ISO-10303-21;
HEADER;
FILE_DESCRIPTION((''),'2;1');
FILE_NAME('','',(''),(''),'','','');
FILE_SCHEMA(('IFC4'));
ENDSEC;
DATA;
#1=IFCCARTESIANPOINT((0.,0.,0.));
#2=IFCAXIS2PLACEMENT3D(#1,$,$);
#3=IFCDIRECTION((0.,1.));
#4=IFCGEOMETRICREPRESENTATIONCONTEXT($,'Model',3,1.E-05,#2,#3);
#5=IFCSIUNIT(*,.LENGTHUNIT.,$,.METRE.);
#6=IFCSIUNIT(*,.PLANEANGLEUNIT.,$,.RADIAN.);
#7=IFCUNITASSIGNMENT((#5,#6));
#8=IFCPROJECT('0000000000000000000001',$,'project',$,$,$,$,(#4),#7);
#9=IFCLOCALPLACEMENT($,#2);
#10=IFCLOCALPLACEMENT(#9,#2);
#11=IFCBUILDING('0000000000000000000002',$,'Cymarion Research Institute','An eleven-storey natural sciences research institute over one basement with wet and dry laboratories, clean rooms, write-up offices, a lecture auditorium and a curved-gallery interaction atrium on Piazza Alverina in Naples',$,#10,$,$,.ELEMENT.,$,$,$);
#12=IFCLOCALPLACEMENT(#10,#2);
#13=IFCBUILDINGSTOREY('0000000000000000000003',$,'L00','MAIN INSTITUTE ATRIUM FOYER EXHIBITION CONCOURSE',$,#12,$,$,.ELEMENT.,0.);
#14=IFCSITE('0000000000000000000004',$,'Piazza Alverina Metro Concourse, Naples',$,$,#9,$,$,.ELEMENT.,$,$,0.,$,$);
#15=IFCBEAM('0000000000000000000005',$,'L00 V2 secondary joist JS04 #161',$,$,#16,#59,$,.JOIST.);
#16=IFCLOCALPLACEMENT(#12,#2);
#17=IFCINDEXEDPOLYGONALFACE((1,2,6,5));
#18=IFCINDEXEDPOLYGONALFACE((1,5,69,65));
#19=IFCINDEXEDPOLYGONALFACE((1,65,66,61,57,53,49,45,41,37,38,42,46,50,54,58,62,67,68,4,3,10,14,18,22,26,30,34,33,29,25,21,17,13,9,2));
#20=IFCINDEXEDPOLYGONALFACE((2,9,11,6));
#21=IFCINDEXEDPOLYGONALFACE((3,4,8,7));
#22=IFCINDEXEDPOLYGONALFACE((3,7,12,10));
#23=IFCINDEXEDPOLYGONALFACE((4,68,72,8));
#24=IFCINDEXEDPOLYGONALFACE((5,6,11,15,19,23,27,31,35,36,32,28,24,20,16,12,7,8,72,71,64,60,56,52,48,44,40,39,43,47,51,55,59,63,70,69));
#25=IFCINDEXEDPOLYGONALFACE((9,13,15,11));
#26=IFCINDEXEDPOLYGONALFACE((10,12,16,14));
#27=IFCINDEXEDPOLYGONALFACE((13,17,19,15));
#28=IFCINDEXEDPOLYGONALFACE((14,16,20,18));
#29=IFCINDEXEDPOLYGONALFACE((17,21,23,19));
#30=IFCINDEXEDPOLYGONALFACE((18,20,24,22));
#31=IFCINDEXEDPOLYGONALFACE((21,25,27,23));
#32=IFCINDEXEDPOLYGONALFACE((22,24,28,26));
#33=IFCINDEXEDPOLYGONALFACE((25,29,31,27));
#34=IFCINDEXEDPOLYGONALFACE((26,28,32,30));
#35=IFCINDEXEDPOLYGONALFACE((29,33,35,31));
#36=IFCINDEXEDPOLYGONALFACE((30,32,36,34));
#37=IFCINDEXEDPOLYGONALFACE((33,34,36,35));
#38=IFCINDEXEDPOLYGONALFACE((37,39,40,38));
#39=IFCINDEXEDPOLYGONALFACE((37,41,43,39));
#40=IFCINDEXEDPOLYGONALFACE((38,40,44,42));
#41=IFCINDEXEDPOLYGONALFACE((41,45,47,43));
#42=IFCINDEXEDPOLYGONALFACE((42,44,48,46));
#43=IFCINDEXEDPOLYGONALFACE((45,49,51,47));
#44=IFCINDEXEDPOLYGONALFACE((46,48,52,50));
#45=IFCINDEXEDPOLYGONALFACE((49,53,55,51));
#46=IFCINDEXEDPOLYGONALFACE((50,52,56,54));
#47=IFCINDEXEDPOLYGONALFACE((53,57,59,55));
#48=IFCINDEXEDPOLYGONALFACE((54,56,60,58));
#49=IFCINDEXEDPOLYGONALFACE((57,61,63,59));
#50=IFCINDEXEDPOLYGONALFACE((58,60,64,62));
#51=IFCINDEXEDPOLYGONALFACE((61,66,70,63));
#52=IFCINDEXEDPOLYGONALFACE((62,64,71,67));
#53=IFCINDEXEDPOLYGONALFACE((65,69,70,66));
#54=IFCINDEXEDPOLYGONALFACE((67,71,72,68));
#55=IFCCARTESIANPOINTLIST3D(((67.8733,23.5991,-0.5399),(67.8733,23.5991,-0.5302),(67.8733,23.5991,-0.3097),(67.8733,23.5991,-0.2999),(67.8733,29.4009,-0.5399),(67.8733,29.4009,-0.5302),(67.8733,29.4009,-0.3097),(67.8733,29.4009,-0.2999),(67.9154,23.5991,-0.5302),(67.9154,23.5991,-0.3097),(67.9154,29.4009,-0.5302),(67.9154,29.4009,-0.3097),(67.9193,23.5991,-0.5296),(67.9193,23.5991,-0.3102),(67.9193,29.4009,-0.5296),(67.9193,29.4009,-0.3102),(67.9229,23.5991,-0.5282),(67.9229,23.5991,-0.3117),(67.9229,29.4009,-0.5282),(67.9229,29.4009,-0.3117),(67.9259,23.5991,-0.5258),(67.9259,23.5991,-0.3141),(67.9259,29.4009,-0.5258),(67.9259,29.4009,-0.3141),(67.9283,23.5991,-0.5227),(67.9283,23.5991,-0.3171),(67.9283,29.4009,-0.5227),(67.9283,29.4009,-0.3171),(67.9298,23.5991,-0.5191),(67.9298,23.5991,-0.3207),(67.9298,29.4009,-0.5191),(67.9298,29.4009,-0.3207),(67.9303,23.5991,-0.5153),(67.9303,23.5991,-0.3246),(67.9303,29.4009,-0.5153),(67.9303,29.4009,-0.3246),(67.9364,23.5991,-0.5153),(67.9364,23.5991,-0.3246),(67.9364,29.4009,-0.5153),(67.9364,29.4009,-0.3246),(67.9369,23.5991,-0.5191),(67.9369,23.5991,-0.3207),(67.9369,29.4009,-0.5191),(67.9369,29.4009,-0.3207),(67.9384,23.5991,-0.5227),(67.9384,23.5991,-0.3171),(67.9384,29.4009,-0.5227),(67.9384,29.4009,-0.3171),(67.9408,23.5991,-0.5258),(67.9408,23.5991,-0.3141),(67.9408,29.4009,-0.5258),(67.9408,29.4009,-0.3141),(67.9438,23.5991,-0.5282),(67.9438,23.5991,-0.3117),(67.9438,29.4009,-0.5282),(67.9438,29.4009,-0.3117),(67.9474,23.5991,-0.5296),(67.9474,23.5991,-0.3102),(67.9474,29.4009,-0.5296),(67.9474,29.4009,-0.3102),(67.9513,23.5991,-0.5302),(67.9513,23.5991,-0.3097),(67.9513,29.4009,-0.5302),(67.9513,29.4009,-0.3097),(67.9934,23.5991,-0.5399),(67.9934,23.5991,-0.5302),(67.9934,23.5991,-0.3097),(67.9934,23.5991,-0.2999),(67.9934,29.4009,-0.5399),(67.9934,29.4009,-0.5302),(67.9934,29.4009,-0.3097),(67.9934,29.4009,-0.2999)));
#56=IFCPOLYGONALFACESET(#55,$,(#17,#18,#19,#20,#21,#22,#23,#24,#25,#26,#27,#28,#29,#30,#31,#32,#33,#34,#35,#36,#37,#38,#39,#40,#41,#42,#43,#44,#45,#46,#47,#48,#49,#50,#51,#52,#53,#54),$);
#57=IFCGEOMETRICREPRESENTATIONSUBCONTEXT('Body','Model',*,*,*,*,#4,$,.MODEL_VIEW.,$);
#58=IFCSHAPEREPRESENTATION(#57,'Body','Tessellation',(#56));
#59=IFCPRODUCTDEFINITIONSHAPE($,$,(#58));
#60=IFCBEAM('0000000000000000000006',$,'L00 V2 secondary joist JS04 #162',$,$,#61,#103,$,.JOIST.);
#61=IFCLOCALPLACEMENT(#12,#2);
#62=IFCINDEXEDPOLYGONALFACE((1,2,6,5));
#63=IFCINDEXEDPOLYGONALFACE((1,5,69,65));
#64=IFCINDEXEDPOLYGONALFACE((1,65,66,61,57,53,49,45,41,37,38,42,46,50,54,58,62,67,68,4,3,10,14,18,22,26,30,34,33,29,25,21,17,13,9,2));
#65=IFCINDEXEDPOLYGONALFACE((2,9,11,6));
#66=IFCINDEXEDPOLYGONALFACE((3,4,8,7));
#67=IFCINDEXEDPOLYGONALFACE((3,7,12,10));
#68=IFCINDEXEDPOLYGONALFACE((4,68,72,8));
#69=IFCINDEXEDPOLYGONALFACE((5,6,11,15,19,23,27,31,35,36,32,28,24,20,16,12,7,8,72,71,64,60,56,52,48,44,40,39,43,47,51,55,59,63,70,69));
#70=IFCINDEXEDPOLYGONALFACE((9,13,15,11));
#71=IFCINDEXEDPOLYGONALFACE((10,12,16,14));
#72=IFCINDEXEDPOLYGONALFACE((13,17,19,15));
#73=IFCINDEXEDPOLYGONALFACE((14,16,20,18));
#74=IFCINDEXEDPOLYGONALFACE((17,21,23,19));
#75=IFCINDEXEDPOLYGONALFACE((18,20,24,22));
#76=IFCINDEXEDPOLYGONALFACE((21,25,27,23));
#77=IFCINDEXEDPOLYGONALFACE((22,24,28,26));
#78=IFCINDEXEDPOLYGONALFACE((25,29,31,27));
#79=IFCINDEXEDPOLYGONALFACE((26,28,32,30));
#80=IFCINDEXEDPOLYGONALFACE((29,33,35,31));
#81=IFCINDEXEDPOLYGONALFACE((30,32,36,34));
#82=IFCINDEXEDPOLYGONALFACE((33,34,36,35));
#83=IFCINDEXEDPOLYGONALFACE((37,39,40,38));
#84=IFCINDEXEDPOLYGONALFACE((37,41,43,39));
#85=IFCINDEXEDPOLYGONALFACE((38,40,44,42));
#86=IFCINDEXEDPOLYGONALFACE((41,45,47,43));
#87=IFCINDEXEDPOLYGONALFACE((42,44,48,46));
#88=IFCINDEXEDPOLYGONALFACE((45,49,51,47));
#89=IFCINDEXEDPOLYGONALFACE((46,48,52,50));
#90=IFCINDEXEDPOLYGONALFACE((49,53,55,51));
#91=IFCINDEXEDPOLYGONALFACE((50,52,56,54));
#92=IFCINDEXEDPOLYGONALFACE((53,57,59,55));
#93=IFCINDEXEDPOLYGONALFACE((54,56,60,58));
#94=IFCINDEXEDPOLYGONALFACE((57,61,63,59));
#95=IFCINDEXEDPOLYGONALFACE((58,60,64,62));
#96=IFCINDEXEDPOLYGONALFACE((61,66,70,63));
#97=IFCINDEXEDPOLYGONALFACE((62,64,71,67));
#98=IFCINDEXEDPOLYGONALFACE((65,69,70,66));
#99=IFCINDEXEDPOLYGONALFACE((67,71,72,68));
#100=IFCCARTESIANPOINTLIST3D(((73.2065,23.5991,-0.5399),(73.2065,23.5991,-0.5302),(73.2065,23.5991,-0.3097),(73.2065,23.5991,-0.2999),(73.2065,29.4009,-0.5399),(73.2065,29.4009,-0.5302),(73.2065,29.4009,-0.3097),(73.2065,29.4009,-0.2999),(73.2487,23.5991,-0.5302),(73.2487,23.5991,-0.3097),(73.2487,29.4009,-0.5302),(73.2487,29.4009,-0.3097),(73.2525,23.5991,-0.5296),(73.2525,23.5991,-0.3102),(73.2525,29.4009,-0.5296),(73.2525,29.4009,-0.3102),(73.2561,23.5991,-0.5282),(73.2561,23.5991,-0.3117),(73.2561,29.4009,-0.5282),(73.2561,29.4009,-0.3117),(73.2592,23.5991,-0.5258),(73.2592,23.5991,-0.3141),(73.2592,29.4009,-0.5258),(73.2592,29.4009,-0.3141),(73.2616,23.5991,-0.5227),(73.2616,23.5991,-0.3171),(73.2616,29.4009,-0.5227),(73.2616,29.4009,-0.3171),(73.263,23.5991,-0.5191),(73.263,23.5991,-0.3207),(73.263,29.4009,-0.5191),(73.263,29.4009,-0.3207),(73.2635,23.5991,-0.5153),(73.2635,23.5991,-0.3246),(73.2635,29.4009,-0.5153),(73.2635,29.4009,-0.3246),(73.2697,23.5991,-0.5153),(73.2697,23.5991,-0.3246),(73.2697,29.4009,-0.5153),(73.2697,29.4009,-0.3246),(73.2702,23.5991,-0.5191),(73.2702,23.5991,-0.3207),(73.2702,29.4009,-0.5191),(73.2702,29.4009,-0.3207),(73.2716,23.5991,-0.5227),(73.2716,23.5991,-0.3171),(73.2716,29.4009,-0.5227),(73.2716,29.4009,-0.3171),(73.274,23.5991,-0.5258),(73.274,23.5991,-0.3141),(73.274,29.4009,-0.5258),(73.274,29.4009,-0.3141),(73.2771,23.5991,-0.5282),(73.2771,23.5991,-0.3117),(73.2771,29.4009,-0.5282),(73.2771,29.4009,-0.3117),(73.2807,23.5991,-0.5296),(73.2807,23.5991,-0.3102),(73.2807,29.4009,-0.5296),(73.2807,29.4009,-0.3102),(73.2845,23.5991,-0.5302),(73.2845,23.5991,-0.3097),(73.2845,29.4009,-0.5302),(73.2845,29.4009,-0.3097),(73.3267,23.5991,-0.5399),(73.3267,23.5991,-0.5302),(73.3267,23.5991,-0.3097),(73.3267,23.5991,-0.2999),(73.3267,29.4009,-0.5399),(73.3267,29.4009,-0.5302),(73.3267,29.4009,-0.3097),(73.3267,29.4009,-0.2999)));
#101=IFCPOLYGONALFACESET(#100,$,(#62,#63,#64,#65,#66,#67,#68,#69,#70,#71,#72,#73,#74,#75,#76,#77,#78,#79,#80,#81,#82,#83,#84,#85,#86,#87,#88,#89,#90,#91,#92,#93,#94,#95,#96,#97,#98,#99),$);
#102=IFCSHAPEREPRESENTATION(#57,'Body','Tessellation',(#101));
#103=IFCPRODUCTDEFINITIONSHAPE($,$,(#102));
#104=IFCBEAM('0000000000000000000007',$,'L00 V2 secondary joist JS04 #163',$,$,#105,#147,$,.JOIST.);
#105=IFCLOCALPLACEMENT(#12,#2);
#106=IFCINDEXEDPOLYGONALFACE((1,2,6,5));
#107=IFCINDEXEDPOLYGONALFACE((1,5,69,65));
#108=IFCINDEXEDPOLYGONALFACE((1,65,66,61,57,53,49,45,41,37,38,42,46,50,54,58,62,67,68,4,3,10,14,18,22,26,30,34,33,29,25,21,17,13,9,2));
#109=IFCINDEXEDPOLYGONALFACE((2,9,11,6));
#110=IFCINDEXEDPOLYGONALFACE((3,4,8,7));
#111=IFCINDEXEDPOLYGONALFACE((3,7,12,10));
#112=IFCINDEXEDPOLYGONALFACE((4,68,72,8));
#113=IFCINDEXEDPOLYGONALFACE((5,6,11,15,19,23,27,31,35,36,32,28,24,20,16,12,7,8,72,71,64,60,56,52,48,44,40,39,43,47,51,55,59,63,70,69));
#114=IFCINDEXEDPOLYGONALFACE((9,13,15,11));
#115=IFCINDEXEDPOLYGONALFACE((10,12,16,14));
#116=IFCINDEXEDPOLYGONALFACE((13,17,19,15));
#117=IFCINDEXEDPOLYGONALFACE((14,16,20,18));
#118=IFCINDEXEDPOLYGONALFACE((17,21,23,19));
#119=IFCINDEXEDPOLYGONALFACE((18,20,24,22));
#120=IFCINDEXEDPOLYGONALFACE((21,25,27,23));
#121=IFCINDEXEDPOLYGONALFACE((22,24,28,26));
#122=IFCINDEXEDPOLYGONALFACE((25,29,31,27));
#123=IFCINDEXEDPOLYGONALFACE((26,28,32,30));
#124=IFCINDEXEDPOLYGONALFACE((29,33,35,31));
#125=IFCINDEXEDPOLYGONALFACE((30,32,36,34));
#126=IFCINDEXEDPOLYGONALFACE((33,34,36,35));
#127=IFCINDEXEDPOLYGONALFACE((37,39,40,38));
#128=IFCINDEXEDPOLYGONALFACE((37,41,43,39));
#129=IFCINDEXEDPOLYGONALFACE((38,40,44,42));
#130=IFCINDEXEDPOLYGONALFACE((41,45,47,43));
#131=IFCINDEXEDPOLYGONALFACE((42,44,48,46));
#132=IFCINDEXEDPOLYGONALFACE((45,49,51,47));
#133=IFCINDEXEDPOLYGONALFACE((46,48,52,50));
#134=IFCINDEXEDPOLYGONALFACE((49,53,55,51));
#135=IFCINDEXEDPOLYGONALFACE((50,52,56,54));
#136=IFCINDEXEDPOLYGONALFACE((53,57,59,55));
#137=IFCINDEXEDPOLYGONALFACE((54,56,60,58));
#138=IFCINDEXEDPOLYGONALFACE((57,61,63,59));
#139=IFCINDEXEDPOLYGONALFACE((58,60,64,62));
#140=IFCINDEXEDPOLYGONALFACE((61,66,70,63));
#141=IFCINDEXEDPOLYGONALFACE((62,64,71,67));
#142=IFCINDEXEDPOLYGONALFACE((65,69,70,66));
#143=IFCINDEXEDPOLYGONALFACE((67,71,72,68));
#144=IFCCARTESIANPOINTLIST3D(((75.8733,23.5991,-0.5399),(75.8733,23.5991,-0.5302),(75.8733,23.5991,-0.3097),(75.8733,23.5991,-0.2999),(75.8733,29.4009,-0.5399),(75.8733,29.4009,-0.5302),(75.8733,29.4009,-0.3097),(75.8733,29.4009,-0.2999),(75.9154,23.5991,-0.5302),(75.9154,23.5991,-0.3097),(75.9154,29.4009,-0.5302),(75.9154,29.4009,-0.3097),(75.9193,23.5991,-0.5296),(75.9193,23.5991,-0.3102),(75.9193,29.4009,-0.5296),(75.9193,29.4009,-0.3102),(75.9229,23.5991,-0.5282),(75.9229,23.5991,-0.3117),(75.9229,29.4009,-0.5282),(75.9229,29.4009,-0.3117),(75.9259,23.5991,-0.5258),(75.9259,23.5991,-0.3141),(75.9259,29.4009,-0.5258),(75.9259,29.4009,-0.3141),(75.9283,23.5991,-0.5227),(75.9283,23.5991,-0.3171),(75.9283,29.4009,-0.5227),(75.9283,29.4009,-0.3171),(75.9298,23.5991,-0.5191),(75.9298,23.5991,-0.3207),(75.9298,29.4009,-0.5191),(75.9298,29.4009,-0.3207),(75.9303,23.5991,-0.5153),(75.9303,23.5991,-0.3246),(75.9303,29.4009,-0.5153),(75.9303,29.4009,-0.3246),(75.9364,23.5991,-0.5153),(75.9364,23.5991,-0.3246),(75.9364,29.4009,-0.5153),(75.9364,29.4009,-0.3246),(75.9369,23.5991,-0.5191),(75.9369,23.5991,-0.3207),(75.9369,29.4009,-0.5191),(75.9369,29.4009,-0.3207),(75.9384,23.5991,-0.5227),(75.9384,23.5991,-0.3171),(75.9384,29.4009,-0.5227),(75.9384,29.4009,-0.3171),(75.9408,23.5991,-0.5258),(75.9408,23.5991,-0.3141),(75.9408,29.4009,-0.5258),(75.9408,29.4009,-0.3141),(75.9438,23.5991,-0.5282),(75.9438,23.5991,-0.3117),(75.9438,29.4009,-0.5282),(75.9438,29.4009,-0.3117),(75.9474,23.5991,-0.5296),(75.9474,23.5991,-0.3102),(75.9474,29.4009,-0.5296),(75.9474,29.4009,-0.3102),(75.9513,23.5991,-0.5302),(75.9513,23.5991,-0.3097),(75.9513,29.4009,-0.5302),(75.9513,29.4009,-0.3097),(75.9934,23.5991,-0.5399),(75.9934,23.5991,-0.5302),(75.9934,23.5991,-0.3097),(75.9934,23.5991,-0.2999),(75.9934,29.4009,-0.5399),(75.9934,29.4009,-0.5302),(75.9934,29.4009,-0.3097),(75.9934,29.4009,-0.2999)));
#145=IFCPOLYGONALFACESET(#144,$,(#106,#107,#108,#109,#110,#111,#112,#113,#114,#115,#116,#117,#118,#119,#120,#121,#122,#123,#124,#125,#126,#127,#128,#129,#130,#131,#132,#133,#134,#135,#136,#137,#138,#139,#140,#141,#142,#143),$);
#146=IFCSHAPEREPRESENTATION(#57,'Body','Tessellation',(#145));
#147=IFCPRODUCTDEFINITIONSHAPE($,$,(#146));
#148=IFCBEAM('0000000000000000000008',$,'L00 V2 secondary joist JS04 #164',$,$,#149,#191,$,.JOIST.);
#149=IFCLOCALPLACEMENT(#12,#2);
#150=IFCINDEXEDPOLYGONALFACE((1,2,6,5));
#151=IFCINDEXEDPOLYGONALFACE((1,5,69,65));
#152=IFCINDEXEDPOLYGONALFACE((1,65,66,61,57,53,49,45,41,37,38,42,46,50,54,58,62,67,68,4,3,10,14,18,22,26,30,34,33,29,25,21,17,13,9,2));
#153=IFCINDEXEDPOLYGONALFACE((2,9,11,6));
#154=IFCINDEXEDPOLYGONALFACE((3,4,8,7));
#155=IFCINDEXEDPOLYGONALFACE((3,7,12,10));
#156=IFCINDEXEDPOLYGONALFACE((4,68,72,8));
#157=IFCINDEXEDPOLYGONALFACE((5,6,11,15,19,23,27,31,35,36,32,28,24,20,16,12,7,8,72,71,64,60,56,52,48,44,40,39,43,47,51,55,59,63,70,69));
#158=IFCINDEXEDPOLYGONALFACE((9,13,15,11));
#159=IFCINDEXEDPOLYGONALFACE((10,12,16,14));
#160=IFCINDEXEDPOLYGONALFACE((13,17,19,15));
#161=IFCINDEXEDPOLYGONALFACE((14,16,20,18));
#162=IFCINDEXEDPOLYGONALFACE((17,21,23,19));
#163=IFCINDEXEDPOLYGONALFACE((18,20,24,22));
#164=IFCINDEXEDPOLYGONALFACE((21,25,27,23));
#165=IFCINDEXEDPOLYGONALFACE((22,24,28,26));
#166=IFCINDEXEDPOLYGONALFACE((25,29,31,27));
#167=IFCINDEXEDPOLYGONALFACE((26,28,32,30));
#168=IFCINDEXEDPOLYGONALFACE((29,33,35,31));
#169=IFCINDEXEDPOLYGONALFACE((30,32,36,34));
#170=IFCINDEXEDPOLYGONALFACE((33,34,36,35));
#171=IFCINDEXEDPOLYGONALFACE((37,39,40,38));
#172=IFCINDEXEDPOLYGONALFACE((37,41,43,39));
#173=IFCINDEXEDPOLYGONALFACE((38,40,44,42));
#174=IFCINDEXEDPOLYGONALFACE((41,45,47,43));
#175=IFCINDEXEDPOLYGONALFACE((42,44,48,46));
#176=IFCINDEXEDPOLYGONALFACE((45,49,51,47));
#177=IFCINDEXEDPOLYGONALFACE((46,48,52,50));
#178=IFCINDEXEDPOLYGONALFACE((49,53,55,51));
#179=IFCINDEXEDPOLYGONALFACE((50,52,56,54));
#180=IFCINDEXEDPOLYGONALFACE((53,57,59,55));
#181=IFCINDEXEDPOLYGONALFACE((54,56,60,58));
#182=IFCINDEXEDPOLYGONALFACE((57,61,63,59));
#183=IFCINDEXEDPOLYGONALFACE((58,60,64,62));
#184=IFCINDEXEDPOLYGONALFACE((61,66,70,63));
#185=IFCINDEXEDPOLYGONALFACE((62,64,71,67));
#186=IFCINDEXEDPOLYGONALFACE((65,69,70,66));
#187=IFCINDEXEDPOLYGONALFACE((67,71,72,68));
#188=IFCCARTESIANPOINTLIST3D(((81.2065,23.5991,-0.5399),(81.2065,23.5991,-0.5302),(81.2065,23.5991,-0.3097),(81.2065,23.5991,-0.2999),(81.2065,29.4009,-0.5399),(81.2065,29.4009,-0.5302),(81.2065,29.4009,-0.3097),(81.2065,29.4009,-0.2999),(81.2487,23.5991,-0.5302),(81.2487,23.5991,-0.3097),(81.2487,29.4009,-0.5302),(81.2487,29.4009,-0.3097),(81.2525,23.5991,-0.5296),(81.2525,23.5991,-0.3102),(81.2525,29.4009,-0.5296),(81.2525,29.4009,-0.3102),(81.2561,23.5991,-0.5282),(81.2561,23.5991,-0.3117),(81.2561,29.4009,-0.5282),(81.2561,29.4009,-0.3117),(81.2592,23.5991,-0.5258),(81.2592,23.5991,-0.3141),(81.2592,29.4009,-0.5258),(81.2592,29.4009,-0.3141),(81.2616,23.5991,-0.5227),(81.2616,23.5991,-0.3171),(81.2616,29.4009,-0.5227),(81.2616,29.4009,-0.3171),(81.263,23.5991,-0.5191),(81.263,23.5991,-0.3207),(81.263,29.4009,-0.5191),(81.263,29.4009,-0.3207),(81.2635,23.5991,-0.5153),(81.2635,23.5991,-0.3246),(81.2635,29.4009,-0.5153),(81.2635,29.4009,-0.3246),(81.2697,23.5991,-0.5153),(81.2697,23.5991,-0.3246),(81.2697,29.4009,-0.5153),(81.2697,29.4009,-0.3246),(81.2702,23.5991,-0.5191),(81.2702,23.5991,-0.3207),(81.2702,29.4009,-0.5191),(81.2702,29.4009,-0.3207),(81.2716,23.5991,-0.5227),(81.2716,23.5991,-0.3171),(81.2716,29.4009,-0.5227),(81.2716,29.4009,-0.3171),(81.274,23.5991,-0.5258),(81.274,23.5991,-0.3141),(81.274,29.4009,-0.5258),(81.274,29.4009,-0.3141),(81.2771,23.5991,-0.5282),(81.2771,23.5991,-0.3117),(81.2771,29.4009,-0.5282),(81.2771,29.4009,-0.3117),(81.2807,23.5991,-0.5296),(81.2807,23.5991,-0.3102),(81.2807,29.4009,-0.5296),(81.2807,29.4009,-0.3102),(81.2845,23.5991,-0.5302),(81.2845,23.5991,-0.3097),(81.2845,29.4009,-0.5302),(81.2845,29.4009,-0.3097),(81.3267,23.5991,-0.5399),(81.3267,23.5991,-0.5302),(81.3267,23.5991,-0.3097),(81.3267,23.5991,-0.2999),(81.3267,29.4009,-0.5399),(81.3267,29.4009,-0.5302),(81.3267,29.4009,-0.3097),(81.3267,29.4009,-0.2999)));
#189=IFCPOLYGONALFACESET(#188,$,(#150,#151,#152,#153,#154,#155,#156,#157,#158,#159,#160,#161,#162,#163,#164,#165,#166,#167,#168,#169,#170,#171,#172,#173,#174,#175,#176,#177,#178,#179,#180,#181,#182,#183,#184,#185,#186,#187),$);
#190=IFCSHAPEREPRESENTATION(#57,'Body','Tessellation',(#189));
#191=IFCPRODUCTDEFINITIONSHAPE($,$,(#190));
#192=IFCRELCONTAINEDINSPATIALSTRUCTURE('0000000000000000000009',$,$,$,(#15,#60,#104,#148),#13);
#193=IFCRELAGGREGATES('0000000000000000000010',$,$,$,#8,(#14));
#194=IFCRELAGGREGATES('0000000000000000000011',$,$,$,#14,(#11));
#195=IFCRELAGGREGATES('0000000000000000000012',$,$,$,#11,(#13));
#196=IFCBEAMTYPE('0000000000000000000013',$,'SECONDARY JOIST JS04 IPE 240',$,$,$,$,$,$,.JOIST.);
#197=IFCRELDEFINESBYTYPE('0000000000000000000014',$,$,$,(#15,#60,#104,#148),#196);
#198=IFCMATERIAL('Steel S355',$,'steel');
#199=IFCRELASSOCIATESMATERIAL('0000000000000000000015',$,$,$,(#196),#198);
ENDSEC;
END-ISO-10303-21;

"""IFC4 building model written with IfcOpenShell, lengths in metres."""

from ifc_helpers import new_model, si_unit, direction, frame, origin, origin_2d, place, context, subcontext, project, spatial, i_section, extrude, material, material_profile, profile_set, type_object, element, save


model = new_model("IFC4")

# Units and contexts
model_context = context("Model", 3, precision=1e-05, world=origin(), true_north=direction((0.0, 1.0)))
body_context = subcontext(model_context, "Body", "Model", "MODEL_VIEW")
ifc_project = project(units=[si_unit("LENGTHUNIT", "METRE"), si_unit("PLANEANGLEUNIT", "RADIAN")], contexts=[model_context])

# Site, building, storey
site_placement = place(None, origin())
site = spatial("IfcSite", under=ifc_project, at=site_placement, Name="Piazza Alverina Metro Concourse, Naples", CompositionType="ELEMENT", RefElevation=0.0)
building_placement = place(site_placement, origin())
building = spatial("IfcBuilding", under=site, at=building_placement, Name="Cymarion Research Institute", Description="An eleven-storey natural sciences research institute over one basement with wet and dry laboratories, clean rooms, write-up offices, a lecture auditorium and a curved-gallery interaction atrium on Piazza Alverina in Naples", CompositionType="ELEMENT")
storey_placement = place(building_placement, origin())
storey = spatial("IfcBuildingStorey", under=building, at=storey_placement, Name="L00", Description="MAIN INSTITUTE ATRIUM FOYER EXHIBITION CONCOURSE", CompositionType="ELEMENT", Elevation=0.0)

# Beams
ifc_material = material(Name="Steel S355", Category="steel")
ifc_material_profile_1 = material_profile(ifc_material, i_section(OverallWidth=0.1201, OverallDepth=0.24, WebThickness=0.0061, FlangeThickness=0.0098, FilletRadius=0.0149, at=origin_2d()), Name="IPE 240")
ifc_profile_set_1 = profile_set([ifc_material_profile_1], Name="Steel S355")
beam_type_1 = type_object("IfcBeamType", Name="SECONDARY JOIST JS04 IPE 240", PredefinedType="JOIST", material=ifc_profile_set_1)
for number, where, z_axis, x_axis, name in (
    (1, (67.9333, 23.5991, -0.4199), (0.0, 1.0, 0.0), (-1.0, 0.0, 0.0), "L00 V2 secondary joist JS04 #161"),
    (2, (73.2666, 23.5991, -0.4199), (0.0, 1.0, 0.0), (-1.0, 0.0, 0.0), "L00 V2 secondary joist JS04 #162"),
    (3, (75.9333, 23.5991, -0.4199), (0.0, 1.0, 0.0), (-1.0, 0.0, 0.0), "L00 V2 secondary joist JS04 #163"),
    (4, (81.2666, 23.5991, -0.4199), (0.0, 1.0, 0.0), (-1.0, 0.0, 0.0), "L00 V2 secondary joist JS04 #164"),
):
    element("IfcBeam", number, at=place(storey_placement, frame(where, z_axis=z_axis, x_axis=x_axis)), inside=storey, type_object=beam_type_1, Name=name, PredefinedType="JOIST", context=body_context, shape_type="SweptSolid", body=[
        extrude(i_section(OverallWidth=0.1201, OverallDepth=0.24, WebThickness=0.0061, FlangeThickness=0.0098, FilletRadius=0.0149, at=origin_2d()), origin(), (0.0, 0.0, 1.0), 5.8018),
    ])

save(model, "model.ifc")
